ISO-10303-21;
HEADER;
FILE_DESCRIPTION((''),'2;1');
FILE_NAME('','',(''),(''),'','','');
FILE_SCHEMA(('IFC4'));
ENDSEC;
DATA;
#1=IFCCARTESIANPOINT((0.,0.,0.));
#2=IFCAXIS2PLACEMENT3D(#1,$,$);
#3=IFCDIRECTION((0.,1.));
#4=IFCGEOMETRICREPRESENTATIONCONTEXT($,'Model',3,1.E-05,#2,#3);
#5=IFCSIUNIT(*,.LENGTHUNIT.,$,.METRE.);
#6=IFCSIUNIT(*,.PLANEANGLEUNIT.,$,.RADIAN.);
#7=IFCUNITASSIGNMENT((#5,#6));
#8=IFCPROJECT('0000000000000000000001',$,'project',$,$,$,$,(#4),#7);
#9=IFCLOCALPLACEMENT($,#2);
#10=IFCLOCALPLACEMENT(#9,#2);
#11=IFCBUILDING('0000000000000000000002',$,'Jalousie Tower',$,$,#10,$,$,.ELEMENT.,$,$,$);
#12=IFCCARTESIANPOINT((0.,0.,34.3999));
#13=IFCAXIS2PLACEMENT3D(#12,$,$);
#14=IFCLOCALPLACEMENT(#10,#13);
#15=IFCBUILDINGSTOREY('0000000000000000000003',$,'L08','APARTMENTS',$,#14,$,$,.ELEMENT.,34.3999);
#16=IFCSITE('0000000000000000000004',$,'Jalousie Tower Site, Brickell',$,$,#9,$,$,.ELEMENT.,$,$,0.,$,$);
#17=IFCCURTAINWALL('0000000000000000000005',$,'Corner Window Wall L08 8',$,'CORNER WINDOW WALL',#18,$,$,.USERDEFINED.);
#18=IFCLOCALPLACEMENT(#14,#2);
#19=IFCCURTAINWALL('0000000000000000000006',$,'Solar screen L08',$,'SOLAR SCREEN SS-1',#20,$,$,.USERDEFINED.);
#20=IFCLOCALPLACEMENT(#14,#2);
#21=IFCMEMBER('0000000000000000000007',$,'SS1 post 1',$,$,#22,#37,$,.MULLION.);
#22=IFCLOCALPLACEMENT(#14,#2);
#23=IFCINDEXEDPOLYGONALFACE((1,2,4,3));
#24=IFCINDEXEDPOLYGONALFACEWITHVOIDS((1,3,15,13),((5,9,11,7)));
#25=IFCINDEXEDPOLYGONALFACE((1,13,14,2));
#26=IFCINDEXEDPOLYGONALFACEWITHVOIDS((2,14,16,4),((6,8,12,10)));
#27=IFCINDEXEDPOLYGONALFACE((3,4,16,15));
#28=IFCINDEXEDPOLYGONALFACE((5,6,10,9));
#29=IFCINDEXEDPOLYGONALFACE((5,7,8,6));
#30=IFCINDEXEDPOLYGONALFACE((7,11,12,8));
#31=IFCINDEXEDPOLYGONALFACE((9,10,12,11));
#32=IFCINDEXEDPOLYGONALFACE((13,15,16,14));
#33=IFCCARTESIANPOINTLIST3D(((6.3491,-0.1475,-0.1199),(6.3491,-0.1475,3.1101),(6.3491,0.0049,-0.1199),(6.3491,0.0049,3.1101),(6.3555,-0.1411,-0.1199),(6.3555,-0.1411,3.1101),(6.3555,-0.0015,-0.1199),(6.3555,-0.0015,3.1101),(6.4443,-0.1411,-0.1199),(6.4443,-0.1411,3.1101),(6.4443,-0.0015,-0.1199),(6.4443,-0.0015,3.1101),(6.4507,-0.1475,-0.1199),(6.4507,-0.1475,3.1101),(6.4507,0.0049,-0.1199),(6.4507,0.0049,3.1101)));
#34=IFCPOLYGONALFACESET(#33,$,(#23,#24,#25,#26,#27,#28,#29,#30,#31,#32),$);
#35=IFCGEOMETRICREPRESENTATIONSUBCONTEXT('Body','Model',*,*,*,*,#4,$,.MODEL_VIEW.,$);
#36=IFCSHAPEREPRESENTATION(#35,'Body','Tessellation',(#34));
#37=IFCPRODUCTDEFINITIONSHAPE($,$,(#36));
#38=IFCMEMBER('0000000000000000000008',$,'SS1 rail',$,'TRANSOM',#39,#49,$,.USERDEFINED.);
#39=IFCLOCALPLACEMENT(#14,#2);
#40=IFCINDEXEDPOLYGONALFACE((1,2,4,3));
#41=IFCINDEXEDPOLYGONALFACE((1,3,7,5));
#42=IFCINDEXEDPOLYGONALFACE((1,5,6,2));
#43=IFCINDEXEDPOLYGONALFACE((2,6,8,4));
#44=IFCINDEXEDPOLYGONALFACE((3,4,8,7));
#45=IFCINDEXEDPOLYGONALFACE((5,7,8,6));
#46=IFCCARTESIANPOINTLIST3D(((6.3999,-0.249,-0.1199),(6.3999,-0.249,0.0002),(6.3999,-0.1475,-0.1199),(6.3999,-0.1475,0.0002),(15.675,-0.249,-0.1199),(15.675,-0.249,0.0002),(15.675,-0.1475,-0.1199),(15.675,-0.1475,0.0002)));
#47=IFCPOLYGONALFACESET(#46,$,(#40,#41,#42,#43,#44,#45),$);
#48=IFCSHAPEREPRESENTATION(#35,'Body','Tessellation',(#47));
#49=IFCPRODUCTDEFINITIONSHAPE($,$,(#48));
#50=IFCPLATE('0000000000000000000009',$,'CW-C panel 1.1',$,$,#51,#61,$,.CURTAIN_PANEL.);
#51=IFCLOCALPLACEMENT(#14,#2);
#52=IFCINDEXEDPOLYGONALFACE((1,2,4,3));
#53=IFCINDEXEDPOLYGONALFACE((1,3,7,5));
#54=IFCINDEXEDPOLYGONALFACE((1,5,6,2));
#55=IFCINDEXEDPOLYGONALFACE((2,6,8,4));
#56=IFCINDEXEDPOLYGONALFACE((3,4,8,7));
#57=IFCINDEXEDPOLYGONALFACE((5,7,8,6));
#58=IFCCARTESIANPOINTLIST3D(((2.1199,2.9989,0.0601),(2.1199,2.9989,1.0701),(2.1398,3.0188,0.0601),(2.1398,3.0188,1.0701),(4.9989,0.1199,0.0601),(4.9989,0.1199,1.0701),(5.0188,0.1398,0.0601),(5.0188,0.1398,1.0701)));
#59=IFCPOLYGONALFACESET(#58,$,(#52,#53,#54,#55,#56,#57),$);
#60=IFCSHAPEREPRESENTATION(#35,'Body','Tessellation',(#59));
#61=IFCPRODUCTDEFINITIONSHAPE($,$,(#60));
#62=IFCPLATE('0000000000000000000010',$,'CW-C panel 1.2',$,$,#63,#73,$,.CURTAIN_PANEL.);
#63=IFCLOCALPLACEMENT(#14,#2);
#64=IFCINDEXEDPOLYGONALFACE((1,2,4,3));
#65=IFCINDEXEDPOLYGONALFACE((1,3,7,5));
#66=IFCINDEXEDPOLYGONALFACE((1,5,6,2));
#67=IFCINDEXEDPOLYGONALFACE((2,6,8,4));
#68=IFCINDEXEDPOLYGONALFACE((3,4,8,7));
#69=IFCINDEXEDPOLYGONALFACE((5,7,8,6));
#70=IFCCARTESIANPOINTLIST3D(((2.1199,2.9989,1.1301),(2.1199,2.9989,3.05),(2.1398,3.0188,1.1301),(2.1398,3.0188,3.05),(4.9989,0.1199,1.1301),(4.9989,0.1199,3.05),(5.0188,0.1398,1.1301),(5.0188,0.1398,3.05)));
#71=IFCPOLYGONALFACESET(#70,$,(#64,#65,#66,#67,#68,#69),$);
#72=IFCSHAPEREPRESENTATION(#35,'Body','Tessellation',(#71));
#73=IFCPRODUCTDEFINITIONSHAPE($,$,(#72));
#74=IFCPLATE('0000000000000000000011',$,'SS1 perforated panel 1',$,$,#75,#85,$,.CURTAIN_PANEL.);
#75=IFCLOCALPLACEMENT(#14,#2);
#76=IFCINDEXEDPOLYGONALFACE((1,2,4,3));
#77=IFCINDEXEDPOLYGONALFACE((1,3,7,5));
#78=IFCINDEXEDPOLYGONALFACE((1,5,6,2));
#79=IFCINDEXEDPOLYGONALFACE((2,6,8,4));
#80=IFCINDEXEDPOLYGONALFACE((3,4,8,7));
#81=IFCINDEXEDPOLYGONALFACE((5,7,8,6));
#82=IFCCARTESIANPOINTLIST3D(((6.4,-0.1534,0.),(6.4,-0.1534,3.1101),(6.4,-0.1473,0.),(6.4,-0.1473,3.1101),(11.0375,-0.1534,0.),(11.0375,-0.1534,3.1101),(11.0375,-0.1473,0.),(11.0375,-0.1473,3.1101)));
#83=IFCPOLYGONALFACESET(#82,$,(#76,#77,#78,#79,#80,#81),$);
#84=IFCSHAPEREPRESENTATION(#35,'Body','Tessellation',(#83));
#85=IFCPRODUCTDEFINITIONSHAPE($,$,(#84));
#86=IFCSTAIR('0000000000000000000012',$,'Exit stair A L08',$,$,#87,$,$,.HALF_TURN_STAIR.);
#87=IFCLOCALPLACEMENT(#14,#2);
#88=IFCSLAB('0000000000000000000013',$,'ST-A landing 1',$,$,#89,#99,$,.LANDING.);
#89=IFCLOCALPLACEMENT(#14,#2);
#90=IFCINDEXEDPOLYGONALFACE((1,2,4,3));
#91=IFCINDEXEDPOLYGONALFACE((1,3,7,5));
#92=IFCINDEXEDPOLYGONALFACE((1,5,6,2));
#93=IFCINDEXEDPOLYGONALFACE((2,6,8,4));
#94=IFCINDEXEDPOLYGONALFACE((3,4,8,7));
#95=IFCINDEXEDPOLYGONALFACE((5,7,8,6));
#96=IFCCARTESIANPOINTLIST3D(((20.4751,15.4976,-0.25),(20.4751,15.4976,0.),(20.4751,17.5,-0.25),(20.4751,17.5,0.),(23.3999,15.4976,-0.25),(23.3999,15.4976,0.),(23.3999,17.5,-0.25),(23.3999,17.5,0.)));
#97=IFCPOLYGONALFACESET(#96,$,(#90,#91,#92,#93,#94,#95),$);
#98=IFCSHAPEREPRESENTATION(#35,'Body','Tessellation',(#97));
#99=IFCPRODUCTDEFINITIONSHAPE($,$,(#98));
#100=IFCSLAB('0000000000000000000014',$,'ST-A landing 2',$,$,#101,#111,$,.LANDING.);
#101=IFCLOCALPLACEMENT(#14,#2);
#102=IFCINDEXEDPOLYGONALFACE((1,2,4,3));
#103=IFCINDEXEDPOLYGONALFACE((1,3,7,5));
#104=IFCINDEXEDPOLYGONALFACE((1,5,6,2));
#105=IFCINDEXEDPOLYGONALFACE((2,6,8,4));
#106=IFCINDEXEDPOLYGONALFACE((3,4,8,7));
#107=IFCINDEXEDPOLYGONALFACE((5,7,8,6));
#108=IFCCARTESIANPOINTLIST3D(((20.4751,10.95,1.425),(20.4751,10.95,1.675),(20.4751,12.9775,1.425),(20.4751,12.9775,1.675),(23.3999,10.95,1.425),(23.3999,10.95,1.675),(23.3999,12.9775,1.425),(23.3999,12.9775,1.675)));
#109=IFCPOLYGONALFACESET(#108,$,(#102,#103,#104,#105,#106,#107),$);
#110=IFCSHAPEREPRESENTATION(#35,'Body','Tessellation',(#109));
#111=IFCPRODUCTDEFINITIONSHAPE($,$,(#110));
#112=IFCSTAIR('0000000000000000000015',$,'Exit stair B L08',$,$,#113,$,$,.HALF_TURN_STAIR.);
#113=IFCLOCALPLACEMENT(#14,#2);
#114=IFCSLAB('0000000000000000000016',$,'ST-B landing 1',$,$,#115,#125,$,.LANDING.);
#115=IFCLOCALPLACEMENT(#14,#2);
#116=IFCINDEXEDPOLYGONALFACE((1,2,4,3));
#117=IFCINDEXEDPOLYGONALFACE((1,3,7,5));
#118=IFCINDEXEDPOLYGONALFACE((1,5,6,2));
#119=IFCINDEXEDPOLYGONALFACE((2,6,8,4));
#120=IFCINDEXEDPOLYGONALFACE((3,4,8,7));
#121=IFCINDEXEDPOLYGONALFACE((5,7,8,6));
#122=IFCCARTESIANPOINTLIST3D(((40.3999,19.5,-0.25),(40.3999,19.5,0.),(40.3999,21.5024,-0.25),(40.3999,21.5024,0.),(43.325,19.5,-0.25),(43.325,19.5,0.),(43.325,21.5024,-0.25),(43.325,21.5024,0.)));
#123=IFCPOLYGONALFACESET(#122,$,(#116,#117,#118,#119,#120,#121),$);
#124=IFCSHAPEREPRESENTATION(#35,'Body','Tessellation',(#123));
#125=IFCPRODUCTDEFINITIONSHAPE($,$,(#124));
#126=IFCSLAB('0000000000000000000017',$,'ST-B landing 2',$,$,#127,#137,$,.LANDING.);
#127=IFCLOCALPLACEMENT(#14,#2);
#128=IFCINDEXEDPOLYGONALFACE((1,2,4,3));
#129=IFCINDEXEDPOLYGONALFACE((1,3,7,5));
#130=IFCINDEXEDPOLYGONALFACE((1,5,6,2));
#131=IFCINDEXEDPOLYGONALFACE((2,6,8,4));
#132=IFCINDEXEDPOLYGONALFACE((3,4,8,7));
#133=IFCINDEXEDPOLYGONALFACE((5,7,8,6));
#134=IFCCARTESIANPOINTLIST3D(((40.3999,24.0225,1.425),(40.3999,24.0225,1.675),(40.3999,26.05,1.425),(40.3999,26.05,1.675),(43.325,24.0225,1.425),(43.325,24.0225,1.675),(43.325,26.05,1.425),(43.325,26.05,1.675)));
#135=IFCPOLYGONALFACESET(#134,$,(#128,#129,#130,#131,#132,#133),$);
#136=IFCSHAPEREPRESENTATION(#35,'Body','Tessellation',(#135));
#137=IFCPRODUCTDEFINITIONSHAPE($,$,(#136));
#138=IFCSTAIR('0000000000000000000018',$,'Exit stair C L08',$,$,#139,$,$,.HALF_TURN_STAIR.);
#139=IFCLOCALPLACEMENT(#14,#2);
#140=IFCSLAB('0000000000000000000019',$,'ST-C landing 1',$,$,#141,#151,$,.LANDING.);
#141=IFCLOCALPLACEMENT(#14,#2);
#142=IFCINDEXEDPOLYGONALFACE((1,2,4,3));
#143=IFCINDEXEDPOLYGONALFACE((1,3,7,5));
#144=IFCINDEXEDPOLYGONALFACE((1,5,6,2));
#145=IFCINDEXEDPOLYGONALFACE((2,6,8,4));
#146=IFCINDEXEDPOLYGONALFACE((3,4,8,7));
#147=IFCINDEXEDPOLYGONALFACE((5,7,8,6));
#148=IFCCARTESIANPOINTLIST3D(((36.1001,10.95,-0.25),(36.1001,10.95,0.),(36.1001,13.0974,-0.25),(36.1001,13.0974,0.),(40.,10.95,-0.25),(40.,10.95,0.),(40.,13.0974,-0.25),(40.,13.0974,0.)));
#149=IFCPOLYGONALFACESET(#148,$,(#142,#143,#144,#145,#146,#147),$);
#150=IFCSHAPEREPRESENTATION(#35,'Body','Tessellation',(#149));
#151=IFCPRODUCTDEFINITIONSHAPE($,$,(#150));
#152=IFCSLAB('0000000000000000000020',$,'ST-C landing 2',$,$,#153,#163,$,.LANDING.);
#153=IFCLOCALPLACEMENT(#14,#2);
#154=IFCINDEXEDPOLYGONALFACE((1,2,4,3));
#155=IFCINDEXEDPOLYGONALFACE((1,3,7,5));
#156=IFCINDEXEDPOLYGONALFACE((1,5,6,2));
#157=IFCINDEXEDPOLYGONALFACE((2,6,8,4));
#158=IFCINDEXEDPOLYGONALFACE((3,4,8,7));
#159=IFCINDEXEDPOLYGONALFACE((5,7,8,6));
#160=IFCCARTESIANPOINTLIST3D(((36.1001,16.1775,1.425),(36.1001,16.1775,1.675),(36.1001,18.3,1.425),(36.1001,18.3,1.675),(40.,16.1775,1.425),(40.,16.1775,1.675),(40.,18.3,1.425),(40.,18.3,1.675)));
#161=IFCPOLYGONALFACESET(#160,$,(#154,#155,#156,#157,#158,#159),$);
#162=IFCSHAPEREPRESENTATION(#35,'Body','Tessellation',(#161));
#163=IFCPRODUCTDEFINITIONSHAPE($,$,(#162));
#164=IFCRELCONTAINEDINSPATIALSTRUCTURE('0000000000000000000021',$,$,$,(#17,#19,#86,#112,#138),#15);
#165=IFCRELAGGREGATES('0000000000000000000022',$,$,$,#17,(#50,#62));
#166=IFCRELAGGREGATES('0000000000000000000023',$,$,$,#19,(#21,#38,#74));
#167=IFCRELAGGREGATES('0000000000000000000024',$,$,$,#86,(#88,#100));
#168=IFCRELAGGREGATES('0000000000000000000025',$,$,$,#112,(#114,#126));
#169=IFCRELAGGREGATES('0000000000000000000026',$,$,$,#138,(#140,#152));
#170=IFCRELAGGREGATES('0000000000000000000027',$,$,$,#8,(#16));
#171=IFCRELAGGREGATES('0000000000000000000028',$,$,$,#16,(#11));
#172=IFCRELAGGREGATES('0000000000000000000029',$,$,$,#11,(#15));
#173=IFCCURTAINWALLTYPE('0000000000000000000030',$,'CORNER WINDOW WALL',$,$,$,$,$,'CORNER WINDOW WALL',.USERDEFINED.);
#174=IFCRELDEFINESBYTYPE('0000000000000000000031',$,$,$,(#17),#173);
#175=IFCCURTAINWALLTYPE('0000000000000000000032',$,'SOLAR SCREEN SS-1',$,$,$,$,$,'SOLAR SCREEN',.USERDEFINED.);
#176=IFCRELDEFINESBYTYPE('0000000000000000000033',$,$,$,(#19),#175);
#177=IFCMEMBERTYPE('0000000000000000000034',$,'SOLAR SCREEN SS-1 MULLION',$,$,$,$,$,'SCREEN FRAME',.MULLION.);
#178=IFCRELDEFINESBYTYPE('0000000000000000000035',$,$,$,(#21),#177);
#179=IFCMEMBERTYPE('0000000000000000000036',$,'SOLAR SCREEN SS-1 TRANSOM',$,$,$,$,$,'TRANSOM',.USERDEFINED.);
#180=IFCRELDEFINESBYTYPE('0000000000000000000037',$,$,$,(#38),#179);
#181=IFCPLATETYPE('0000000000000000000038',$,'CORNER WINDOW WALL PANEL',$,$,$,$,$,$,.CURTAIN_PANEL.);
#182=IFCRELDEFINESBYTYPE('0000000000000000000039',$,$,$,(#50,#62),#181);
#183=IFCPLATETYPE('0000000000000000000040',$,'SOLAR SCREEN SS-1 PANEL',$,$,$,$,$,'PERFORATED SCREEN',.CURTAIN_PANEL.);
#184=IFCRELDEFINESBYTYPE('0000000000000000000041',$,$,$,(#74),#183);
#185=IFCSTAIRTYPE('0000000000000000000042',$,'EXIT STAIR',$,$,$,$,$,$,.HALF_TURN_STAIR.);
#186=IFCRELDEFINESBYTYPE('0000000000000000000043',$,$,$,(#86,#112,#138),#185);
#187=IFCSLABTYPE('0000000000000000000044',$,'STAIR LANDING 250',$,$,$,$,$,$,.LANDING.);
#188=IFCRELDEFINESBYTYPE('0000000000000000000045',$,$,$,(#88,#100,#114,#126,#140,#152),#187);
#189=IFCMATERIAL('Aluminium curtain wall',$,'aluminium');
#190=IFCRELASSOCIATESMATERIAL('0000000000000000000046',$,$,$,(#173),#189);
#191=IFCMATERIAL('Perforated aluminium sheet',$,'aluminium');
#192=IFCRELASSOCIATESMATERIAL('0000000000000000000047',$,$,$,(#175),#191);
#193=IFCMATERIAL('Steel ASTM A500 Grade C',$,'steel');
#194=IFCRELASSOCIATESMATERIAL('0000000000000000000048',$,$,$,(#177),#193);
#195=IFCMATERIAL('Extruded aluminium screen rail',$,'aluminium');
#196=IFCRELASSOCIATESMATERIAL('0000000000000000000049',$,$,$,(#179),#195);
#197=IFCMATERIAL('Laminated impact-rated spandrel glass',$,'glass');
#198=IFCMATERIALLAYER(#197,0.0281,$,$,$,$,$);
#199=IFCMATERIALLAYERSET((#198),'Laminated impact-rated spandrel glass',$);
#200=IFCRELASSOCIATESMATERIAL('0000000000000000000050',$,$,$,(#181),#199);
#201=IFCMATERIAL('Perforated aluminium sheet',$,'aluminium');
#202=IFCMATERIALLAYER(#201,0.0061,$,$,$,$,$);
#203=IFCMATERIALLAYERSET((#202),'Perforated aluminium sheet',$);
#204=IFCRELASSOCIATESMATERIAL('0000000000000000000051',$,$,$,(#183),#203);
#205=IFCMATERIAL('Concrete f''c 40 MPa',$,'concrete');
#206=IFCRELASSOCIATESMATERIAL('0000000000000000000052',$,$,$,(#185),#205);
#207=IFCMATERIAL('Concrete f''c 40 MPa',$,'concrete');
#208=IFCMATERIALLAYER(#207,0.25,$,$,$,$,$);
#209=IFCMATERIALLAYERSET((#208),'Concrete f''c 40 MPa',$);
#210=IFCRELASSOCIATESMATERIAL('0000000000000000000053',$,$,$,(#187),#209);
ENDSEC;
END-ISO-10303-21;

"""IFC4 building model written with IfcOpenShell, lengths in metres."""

from ifc_helpers import new_model, si_unit, direction, frame, origin, origin_2d, place, context, subcontext, project, spatial, polyline, rectangle, hollow_rectangle, outline, extrude, material, layer, layer_set, material_profile, profile_set, type_object, element, aggregate, save


model = new_model("IFC4")

# Units and contexts
model_context = context("Model", 3, precision=1e-05, world=origin(), true_north=direction((0.0, 1.0)))
body_context = subcontext(model_context, "Body", "Model", "MODEL_VIEW")
ifc_project = project(units=[si_unit("LENGTHUNIT", "METRE"), si_unit("PLANEANGLEUNIT", "RADIAN")], contexts=[model_context])

# Site, building, storey
site_placement = place(None, origin())
site = spatial("IfcSite", under=ifc_project, at=site_placement, Name="Jalousie Tower Site, Brickell", CompositionType="ELEMENT", RefElevation=0.0)
building_placement = place(site_placement, origin())
building = spatial("IfcBuilding", under=site, at=building_placement, Name="Jalousie Tower", CompositionType="ELEMENT")
storey_placement = place(building_placement, frame((0.0, 0.0, 34.3999)))
storey = spatial("IfcBuildingStorey", under=building, at=storey_placement, Name="L08", Description="APARTMENTS", CompositionType="ELEMENT", Elevation=34.3999)

# Curtain wall
ifc_material_1 = material(Name="Aluminium curtain wall", Category="aluminium")
curtain_wall_type_1 = type_object("IfcCurtainWallType", Name="CORNER WINDOW WALL", ElementType="CORNER WINDOW WALL", PredefinedType="USERDEFINED", material=ifc_material_1)
curtain_wall_1_placement = place(storey_placement, origin())
curtain_wall_1 = element("IfcCurtainWall", 1, at=curtain_wall_1_placement, inside=storey, type_object=curtain_wall_type_1, Name="Corner Window Wall L08 8", ObjectType="CORNER WINDOW WALL", PredefinedType="USERDEFINED")

# Curtain wall, members
ifc_material_2 = material(Name="Perforated aluminium sheet", Category="aluminium")
curtain_wall_type_2 = type_object("IfcCurtainWallType", Name="SOLAR SCREEN SS-1", ElementType="SOLAR SCREEN", PredefinedType="USERDEFINED", material=ifc_material_2)
curtain_wall_2_placement = place(storey_placement, origin())
curtain_wall_2 = element("IfcCurtainWall", 2, at=curtain_wall_2_placement, inside=storey, type_object=curtain_wall_type_2, Name="Solar screen L08", ObjectType="SOLAR SCREEN SS-1", PredefinedType="USERDEFINED")
ifc_material_3 = material(Name="Steel ASTM A500 Grade C", Category="steel")
ifc_material_profile_1 = material_profile(ifc_material_3, hollow_rectangle(XDim=0.1016, YDim=0.1523, WallThickness=0.0063, at=origin_2d()), Name="HSS6X4X1/4")
ifc_profile_set_1 = profile_set([ifc_material_profile_1], Name="Steel ASTM A500 Grade C")
member_type_1 = type_object("IfcMemberType", Name="SOLAR SCREEN SS-1 MULLION", ElementType="SCREEN FRAME", PredefinedType="MULLION", material=ifc_profile_set_1)
member_1_placement = place(storey_placement, frame((6.3999, -0.0713, -0.1199), z_axis=(0.0, 0.0, 1.0), x_axis=(1.0, 0.0, 0.0)))
member_1 = element("IfcMember", 3, at=member_1_placement, type_object=member_type_1, Name="SS1 post 1", PredefinedType="MULLION", context=body_context, shape_type="SweptSolid", body=[
    extrude(hollow_rectangle(XDim=0.1016, YDim=0.1523, WallThickness=0.0063, at=origin_2d()), origin(), (0.0, 0.0, 1.0), 3.23),
])
ifc_material_4 = material(Name="Extruded aluminium screen rail", Category="aluminium")
ifc_material_profile_2 = material_profile(ifc_material_4, rectangle(XDim=0.1016, YDim=0.1201, at=origin_2d()), Name="RAIL 102x120")
ifc_profile_set_2 = profile_set([ifc_material_profile_2], Name="Extruded aluminium screen rail")
member_type_2 = type_object("IfcMemberType", Name="SOLAR SCREEN SS-1 TRANSOM", ElementType="TRANSOM", PredefinedType="USERDEFINED", material=ifc_profile_set_2)
member_2_placement = place(storey_placement, frame((6.3999, -0.1982, -0.0598), z_axis=(1.0, 0.0, 0.0), x_axis=(0.0, 1.0, 0.0)))
member_2 = element("IfcMember", 4, at=member_2_placement, type_object=member_type_2, Name="SS1 rail", ObjectType="TRANSOM", PredefinedType="USERDEFINED", context=body_context, shape_type="SweptSolid", body=[
    extrude(rectangle(XDim=0.1016, YDim=0.1201, at=origin_2d()), origin(), (0.0, 0.0, 1.0), 9.2751),
])

# Plates
ifc_material_5 = material(Name="Laminated impact-rated spandrel glass", Category="glass")
ifc_layer_1 = layer(ifc_material_5, 0.0281)
ifc_layer_set_1 = layer_set([ifc_layer_1], Name="Laminated impact-rated spandrel glass")
plate_type_1 = type_object("IfcPlateType", Name="CORNER WINDOW WALL PANEL", PredefinedType="CURTAIN_PANEL", material=ifc_layer_set_1)
plate_1_placement = place(storey_placement, frame((3.5693, 1.5693, 0.0601), z_axis=(0.0, 0.0, 1.0), x_axis=(0.707107, -0.707107, 0.0)))
plate_1 = element("IfcPlate", 5, at=plate_1_placement, type_object=plate_type_1, Name="CW-C panel 1.1", PredefinedType="CURTAIN_PANEL", context=body_context, shape_type="SweptSolid", body=[
    extrude(rectangle(XDim=4.0715, YDim=0.0281, at=origin_2d()), origin(), (0.0, 0.0, 1.0), 1.01),
])
plate_2_placement = place(storey_placement, frame((3.5693, 1.5693, 1.1301), z_axis=(0.0, 0.0, 1.0), x_axis=(0.707107, -0.707107, 0.0)))
plate_2 = element("IfcPlate", 6, at=plate_2_placement, type_object=plate_type_1, Name="CW-C panel 1.2", PredefinedType="CURTAIN_PANEL", context=body_context, shape_type="SweptSolid", body=[
    extrude(rectangle(XDim=4.0715, YDim=0.0281, at=origin_2d()), origin(), (0.0, 0.0, 1.0), 1.9199),
])
aggregate(curtain_wall_1, [plate_1, plate_2])

# Plate
ifc_material_6 = material(Name="Perforated aluminium sheet", Category="aluminium")
ifc_layer_2 = layer(ifc_material_6, 0.0061)
ifc_layer_set_2 = layer_set([ifc_layer_2], Name="Perforated aluminium sheet")
plate_type_2 = type_object("IfcPlateType", Name="SOLAR SCREEN SS-1 PANEL", ElementType="PERFORATED SCREEN", PredefinedType="CURTAIN_PANEL", material=ifc_layer_set_2)
plate_3_placement = place(storey_placement, frame((8.7188, -0.1504, 0.0), z_axis=(0.0, 0.0, 1.0), x_axis=(1.0, 0.0, 0.0)))
plate_3 = element("IfcPlate", 7, at=plate_3_placement, type_object=plate_type_2, Name="SS1 perforated panel 1", PredefinedType="CURTAIN_PANEL", context=body_context, shape_type="SweptSolid", body=[
    extrude(rectangle(XDim=4.6375, YDim=0.0061, at=origin_2d()), origin(), (0.0, 0.0, 1.0), 3.1101),
])
aggregate(curtain_wall_2, [member_1, member_2, plate_3])

# Stairs, slabs
ifc_material_7 = material(Name="Concrete f'c 40 MPa", Category="concrete")
stair_type = type_object("IfcStairType", Name="EXIT STAIR", PredefinedType="HALF_TURN_STAIR", material=ifc_material_7)
stair_1_placement = place(storey_placement, origin())
stair_1 = element("IfcStair", 8, at=stair_1_placement, inside=storey, type_object=stair_type, Name="Exit stair A L08", PredefinedType="HALF_TURN_STAIR")
ifc_material_8 = material(Name="Concrete f'c 40 MPa", Category="concrete")
ifc_layer_3 = layer(ifc_material_8, 0.25)
ifc_layer_set_3 = layer_set([ifc_layer_3], Name="Concrete f'c 40 MPa")
slab_type_1 = type_object("IfcSlabType", Name="STAIR LANDING 250", PredefinedType="LANDING", material=ifc_layer_set_3)
slab_1_placement = place(storey_placement, frame((0.0, 0.0, -0.25)))
slab_1 = element("IfcSlab", 9, at=slab_1_placement, type_object=slab_type_1, Name="ST-A landing 1", PredefinedType="LANDING", context=body_context, shape_type="SweptSolid", body=[
    extrude(outline(polyline([(20.4751, 15.4976), (23.3999, 15.4976), (23.3999, 17.5), (20.4751, 17.5), (20.4751, 15.4976)])), origin(), (0.0, 0.0, 1.0), 0.25),
])
slab_2_placement = place(storey_placement, frame((0.0, 0.0, 1.425)))
slab_2 = element("IfcSlab", 10, at=slab_2_placement, type_object=slab_type_1, Name="ST-A landing 2", PredefinedType="LANDING", context=body_context, shape_type="SweptSolid", body=[
    extrude(outline(polyline([(20.4751, 10.95), (23.3999, 10.95), (23.3999, 12.9775), (20.4751, 12.9775), (20.4751, 10.95)])), origin(), (0.0, 0.0, 1.0), 0.25),
])
aggregate(stair_1, [slab_1, slab_2])
stair_2_placement = place(storey_placement, origin())
stair_2 = element("IfcStair", 11, at=stair_2_placement, inside=storey, type_object=stair_type, Name="Exit stair B L08", PredefinedType="HALF_TURN_STAIR")
slab_3_placement = place(storey_placement, frame((0.0, 0.0, -0.25)))
slab_3 = element("IfcSlab", 12, at=slab_3_placement, type_object=slab_type_1, Name="ST-B landing 1", PredefinedType="LANDING", context=body_context, shape_type="SweptSolid", body=[
    extrude(outline(polyline([(40.3999, 19.5), (43.325, 19.5), (43.325, 21.5024), (40.3999, 21.5024), (40.3999, 19.5)])), origin(), (0.0, 0.0, 1.0), 0.25),
])
slab_4_placement = place(storey_placement, frame((0.0, 0.0, 1.425)))
slab_4 = element("IfcSlab", 13, at=slab_4_placement, type_object=slab_type_1, Name="ST-B landing 2", PredefinedType="LANDING", context=body_context, shape_type="SweptSolid", body=[
    extrude(outline(polyline([(40.3999, 24.0225), (43.325, 24.0225), (43.325, 26.05), (40.3999, 26.05), (40.3999, 24.0225)])), origin(), (0.0, 0.0, 1.0), 0.25),
])
aggregate(stair_2, [slab_3, slab_4])
stair_3_placement = place(storey_placement, origin())
stair_3 = element("IfcStair", 14, at=stair_3_placement, inside=storey, type_object=stair_type, Name="Exit stair C L08", PredefinedType="HALF_TURN_STAIR")
slab_5_placement = place(storey_placement, frame((0.0, 0.0, -0.25)))
slab_5 = element("IfcSlab", 15, at=slab_5_placement, type_object=slab_type_1, Name="ST-C landing 1", PredefinedType="LANDING", context=body_context, shape_type="SweptSolid", body=[
    extrude(outline(polyline([(36.1001, 10.95), (40.0, 10.95), (40.0, 13.0974), (36.1001, 13.0974), (36.1001, 10.95)])), origin(), (0.0, 0.0, 1.0), 0.25),
])
slab_6_placement = place(storey_placement, frame((0.0, 0.0, 1.425)))
slab_6 = element("IfcSlab", 16, at=slab_6_placement, type_object=slab_type_1, Name="ST-C landing 2", PredefinedType="LANDING", context=body_context, shape_type="SweptSolid", body=[
    extrude(outline(polyline([(36.1001, 16.1775), (40.0, 16.1775), (40.0, 18.3), (36.1001, 18.3), (36.1001, 16.1775)])), origin(), (0.0, 0.0, 1.0), 0.25),
])
aggregate(stair_3, [slab_5, slab_6])

save(model, "model.ifc")
